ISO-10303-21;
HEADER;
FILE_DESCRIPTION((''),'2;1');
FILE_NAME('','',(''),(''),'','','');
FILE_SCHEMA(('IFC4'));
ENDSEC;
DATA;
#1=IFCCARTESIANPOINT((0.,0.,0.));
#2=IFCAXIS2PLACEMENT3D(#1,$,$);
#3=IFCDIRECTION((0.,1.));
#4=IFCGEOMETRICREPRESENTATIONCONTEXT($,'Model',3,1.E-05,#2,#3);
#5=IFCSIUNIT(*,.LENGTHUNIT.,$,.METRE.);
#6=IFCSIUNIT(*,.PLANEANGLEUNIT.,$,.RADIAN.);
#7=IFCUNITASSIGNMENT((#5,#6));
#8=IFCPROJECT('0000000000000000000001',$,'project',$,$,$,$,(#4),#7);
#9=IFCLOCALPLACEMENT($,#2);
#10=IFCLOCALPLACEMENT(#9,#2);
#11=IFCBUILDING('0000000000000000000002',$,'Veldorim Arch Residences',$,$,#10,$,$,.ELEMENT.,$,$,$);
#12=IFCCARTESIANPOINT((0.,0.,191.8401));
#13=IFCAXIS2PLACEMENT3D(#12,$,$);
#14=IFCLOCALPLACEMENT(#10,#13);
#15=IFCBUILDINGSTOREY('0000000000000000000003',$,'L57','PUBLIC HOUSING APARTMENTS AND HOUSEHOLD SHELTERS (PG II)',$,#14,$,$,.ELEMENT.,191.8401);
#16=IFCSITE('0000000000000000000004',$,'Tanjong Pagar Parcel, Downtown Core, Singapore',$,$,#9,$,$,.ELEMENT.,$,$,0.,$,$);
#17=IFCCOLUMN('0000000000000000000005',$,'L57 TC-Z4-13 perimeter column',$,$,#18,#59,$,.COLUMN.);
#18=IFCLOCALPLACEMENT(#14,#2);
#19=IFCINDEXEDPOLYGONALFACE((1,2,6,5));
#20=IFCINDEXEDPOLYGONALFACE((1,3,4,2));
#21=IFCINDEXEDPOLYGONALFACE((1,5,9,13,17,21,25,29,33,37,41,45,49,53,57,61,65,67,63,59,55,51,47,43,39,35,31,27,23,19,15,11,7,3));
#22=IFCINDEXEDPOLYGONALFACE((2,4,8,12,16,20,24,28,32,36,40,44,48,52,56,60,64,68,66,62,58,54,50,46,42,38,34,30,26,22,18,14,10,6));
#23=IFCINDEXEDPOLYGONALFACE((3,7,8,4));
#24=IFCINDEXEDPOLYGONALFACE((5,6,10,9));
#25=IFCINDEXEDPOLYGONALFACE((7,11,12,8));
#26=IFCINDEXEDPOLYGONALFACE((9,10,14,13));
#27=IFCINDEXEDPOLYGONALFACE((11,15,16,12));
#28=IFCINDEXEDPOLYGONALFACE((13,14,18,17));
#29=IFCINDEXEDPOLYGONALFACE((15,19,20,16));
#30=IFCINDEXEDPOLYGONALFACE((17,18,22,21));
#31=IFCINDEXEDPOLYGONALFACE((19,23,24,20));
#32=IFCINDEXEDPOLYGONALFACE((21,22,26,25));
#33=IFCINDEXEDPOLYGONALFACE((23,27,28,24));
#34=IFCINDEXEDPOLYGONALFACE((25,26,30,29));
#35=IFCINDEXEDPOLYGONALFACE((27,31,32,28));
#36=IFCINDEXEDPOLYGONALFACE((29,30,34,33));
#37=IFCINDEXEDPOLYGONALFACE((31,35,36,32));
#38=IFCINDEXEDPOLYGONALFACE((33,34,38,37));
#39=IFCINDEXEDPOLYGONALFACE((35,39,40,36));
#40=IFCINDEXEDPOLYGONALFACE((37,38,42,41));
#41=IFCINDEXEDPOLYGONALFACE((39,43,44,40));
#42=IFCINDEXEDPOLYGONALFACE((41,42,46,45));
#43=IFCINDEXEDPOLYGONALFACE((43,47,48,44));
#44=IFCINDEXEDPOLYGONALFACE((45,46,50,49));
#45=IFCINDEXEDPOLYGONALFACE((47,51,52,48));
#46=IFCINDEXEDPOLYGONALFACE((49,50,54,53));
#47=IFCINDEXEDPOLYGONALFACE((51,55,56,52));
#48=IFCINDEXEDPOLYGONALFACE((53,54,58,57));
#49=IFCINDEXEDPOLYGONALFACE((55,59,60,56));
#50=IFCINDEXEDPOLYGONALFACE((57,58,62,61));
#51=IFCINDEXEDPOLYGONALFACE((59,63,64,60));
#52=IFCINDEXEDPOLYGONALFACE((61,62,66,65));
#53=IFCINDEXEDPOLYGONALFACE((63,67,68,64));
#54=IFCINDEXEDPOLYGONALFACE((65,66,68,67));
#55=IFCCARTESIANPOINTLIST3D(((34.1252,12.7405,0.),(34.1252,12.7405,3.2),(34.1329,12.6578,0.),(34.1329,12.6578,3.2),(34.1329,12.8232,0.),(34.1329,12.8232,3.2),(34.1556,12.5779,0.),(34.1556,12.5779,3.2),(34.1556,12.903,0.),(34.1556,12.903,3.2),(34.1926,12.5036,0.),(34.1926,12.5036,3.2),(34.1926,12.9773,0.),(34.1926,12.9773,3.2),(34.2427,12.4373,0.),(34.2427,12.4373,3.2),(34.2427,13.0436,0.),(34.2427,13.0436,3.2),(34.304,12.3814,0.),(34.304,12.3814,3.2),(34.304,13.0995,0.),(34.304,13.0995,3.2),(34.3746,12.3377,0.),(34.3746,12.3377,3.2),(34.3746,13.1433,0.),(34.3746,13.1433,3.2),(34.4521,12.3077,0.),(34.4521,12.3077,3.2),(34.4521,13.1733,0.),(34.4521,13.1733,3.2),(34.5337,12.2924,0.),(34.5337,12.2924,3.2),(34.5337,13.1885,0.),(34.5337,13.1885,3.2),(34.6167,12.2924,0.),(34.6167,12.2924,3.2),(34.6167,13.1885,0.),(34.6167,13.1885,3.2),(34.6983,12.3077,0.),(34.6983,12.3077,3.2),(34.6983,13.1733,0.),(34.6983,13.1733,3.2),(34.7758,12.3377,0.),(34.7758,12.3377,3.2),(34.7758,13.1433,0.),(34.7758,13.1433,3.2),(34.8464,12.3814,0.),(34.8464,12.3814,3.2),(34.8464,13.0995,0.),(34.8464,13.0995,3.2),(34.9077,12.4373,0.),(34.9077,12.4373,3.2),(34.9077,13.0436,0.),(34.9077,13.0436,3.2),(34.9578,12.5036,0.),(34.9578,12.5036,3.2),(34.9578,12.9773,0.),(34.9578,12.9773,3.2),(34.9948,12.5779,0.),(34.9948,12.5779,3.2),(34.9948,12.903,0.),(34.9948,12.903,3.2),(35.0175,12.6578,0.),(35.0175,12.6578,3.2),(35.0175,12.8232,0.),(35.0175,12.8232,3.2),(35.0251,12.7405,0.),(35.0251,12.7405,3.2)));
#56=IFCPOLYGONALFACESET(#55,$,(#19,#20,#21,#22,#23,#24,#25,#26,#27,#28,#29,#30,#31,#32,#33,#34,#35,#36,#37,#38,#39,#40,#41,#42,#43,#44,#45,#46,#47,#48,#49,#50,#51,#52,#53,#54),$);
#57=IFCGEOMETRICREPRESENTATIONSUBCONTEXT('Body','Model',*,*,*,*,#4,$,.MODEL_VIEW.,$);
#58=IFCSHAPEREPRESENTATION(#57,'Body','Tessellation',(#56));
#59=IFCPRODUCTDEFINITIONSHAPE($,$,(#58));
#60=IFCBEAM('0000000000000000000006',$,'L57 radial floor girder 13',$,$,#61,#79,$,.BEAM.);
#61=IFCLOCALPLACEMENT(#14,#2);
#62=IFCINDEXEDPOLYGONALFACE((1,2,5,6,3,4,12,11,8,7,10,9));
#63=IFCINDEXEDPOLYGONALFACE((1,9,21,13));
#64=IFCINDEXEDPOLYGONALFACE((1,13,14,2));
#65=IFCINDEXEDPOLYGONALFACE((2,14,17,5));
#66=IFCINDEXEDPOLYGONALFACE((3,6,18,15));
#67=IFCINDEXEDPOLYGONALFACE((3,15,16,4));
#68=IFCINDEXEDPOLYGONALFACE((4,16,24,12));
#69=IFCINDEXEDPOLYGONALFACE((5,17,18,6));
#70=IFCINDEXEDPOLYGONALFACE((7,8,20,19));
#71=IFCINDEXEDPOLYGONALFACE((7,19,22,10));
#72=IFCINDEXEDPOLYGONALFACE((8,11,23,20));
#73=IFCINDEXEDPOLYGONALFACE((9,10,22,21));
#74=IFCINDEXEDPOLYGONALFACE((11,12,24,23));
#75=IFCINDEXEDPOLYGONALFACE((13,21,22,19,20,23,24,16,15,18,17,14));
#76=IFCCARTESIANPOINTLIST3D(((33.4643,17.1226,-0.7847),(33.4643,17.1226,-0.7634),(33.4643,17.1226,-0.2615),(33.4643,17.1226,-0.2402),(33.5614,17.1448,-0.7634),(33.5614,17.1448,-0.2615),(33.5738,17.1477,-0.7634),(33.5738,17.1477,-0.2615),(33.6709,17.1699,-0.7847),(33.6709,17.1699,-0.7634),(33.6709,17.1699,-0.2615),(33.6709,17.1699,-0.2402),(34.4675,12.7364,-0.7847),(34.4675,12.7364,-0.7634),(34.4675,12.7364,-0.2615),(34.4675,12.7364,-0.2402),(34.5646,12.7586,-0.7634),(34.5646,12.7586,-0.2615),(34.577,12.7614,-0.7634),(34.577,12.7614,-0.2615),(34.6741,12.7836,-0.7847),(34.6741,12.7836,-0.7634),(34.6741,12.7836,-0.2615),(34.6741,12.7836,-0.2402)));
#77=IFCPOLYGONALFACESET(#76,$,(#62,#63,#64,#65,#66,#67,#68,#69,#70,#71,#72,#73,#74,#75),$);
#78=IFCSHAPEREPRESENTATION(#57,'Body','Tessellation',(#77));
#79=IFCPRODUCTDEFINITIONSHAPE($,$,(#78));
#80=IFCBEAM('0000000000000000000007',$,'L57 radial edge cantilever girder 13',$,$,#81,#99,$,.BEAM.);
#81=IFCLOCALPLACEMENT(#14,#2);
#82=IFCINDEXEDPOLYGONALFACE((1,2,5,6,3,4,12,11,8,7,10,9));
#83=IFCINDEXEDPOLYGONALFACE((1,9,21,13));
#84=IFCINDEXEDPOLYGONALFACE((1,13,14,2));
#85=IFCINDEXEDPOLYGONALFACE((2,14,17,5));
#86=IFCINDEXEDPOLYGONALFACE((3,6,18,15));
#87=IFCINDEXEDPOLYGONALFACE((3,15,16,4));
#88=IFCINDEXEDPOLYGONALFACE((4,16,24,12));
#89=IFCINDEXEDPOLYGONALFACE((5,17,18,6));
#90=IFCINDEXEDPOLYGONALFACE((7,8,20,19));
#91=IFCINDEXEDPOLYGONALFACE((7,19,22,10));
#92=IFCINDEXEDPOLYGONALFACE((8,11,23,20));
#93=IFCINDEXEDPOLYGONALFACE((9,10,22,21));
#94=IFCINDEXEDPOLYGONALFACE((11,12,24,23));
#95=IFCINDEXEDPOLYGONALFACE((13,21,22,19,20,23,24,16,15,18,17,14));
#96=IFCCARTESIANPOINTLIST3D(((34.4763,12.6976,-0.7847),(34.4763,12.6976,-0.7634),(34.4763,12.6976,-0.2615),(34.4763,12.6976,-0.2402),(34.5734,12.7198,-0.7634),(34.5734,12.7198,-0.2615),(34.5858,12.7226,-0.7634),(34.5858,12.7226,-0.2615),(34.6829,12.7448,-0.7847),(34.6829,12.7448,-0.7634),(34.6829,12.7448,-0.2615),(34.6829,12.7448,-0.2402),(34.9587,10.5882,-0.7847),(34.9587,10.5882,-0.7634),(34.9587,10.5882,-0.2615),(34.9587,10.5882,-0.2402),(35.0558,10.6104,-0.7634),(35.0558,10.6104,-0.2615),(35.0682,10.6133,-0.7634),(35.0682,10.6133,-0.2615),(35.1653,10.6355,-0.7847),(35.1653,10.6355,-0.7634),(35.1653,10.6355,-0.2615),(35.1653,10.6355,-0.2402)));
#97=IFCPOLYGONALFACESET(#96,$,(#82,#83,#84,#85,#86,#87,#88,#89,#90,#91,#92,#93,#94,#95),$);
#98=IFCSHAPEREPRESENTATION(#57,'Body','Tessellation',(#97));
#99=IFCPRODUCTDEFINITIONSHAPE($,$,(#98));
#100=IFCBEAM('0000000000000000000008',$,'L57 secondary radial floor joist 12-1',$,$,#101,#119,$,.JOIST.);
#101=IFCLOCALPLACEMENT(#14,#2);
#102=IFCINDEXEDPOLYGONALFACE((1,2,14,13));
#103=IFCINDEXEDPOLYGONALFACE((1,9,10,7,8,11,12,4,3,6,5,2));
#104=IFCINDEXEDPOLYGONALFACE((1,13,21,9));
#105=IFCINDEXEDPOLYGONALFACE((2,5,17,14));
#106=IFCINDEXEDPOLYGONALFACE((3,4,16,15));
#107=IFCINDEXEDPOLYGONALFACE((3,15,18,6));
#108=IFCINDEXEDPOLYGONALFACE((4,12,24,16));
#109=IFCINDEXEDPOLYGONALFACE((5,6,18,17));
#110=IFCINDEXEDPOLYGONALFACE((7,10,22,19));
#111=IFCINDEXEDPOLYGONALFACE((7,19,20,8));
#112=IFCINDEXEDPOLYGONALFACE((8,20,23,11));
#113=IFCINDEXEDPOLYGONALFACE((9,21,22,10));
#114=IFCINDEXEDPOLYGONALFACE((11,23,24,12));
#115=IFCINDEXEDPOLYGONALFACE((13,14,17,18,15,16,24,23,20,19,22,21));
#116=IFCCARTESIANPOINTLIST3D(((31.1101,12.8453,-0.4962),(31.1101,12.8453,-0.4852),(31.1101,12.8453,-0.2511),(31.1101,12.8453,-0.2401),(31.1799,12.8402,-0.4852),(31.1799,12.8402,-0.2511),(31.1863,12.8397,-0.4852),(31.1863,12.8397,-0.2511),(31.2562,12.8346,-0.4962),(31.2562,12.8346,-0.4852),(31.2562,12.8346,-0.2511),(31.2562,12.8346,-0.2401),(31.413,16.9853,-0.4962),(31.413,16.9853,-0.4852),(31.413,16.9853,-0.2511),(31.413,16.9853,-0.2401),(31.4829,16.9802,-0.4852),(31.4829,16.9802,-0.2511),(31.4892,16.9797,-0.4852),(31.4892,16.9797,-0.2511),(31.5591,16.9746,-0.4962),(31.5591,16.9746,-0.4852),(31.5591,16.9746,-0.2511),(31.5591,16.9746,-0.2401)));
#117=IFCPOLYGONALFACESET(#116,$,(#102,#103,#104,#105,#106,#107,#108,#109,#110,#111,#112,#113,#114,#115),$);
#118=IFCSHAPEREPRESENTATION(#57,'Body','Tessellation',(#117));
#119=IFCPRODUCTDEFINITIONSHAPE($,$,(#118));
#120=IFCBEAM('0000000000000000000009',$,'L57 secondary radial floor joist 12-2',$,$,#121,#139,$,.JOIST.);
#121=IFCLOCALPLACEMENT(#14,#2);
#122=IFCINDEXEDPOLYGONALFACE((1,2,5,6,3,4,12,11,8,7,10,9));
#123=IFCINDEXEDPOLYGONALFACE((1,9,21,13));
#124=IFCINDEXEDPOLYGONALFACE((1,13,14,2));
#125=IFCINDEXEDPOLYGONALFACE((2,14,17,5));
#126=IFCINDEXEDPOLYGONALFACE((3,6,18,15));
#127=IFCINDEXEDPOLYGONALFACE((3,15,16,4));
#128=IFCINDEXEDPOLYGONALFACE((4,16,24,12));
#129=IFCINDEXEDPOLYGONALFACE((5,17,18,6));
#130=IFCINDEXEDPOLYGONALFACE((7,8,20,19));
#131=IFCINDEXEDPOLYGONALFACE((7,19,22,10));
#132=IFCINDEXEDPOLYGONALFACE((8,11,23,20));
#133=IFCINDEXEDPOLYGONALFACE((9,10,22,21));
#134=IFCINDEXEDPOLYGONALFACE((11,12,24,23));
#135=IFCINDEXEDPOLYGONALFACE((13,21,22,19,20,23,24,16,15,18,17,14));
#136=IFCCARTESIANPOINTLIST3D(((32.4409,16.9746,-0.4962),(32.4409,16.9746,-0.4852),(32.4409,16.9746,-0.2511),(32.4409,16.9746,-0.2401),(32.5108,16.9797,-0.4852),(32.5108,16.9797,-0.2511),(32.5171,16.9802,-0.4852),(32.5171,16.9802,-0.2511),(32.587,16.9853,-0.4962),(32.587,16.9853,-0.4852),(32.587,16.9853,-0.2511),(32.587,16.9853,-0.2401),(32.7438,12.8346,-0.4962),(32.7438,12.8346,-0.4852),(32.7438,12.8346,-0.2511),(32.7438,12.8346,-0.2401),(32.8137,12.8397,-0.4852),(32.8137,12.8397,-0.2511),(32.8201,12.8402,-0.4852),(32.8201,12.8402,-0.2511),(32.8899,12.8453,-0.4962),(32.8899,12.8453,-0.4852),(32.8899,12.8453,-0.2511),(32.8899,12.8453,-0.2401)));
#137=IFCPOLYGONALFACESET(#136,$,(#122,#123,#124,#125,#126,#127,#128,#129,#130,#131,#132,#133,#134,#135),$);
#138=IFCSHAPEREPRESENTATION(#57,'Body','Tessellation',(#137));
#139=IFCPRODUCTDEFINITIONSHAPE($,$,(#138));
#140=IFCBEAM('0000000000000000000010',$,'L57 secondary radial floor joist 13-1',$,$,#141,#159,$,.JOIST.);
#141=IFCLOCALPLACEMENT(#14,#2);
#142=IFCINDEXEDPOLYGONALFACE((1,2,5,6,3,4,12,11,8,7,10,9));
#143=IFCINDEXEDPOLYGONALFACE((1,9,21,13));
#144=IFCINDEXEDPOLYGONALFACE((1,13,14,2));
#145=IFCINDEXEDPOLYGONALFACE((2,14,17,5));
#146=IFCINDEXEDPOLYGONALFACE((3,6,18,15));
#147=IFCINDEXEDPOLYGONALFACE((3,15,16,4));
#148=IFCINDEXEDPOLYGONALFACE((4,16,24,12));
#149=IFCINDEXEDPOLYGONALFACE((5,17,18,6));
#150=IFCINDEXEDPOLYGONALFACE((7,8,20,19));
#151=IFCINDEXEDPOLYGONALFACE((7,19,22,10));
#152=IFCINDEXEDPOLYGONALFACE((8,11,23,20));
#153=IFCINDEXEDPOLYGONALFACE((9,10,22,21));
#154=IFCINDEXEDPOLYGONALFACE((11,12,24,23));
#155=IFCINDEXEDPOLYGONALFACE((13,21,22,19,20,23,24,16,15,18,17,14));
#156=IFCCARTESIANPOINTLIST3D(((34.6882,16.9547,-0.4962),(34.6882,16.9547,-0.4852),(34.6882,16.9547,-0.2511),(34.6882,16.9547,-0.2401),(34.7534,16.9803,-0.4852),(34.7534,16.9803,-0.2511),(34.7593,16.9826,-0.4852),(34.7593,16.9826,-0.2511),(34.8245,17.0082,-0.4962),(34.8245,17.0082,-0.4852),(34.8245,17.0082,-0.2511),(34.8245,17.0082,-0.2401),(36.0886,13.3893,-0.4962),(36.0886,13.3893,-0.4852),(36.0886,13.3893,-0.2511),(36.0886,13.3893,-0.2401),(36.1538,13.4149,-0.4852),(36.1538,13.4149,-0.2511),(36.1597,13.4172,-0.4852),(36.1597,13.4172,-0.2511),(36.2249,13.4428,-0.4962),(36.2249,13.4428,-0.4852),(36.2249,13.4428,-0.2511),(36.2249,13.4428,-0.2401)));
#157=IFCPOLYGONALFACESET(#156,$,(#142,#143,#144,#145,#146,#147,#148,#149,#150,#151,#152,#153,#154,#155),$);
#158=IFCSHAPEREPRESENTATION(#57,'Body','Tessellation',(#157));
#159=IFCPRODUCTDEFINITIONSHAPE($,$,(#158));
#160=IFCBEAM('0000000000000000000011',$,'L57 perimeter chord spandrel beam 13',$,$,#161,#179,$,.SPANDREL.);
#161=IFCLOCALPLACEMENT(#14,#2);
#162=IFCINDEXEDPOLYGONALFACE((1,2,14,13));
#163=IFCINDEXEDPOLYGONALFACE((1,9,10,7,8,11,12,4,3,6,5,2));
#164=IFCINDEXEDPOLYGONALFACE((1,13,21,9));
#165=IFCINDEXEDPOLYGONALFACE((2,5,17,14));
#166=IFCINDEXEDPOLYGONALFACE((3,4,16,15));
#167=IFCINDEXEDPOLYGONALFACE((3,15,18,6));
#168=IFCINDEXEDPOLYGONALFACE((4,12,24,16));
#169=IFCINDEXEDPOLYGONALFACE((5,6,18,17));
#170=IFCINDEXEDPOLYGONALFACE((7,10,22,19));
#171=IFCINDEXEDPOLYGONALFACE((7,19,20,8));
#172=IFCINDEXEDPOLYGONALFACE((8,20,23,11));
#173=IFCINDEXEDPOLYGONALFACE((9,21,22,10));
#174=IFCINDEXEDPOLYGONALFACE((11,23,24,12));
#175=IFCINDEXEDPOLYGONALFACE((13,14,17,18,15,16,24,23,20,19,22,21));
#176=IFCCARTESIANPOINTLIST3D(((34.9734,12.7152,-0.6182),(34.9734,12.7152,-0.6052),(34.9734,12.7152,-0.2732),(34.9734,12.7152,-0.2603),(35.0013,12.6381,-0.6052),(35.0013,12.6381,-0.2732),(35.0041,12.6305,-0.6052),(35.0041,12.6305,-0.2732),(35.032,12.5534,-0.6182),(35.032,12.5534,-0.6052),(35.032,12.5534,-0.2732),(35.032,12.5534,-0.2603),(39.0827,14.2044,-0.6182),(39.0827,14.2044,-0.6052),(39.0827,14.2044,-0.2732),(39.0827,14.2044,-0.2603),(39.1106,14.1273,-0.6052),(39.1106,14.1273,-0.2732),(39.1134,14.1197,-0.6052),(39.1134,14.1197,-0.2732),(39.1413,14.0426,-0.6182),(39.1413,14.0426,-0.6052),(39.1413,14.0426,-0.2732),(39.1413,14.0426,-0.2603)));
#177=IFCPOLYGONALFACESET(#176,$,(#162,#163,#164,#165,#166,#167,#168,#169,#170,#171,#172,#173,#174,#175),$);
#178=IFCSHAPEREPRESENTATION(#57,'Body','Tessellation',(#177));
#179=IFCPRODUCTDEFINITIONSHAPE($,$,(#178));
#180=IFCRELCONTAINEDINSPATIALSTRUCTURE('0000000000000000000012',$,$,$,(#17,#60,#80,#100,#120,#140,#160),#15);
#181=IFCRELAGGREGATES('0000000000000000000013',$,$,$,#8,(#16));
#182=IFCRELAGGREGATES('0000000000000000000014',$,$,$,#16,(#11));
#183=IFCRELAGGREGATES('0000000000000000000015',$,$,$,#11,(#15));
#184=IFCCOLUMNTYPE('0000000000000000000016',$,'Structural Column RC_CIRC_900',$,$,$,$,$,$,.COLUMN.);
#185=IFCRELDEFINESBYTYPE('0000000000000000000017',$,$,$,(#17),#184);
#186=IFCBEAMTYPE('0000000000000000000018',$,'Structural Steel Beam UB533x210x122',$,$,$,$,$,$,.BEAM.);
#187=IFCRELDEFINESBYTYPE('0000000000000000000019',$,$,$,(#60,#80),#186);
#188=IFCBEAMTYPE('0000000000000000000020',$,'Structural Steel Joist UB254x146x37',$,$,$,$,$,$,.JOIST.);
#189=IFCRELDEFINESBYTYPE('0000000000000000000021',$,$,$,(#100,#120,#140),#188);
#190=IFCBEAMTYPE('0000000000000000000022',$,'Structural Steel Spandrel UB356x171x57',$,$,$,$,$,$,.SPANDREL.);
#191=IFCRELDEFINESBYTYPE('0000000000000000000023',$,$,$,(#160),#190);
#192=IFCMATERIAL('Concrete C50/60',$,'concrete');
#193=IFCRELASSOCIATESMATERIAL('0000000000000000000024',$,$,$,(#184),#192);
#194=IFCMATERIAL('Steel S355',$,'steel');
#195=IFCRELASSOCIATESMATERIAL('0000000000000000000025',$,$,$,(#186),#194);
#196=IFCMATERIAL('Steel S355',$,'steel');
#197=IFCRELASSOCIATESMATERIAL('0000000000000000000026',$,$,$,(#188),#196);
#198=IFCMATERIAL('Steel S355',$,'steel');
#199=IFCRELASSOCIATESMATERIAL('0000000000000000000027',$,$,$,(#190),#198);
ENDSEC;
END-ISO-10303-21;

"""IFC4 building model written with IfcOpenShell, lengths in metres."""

from ifc_helpers import new_model, si_unit, direction, frame, origin, origin_2d, place, context, subcontext, project, spatial, circle, i_section, extrude, material, material_profile, profile_set, type_object, element, save


model = new_model("IFC4")

# Units and contexts
model_context = context("Model", 3, precision=1e-05, world=origin(), true_north=direction((0.0, 1.0)))
body_context = subcontext(model_context, "Body", "Model", "MODEL_VIEW")
ifc_project = project(units=[si_unit("LENGTHUNIT", "METRE"), si_unit("PLANEANGLEUNIT", "RADIAN")], contexts=[model_context])

# Site, building, storey
site_placement = place(None, origin())
site = spatial("IfcSite", under=ifc_project, at=site_placement, Name="Tanjong Pagar Parcel, Downtown Core, Singapore", CompositionType="ELEMENT", RefElevation=0.0)
building_placement = place(site_placement, origin())
building = spatial("IfcBuilding", under=site, at=building_placement, Name="Veldorim Arch Residences", CompositionType="ELEMENT")
storey_placement = place(building_placement, frame((0.0, 0.0, 191.8401)))
storey = spatial("IfcBuildingStorey", under=building, at=storey_placement, Name="L57", Description="PUBLIC HOUSING APARTMENTS AND HOUSEHOLD SHELTERS (PG II)", CompositionType="ELEMENT", Elevation=191.8401)

# Column
ifc_material_1 = material(Name="Concrete C50/60", Category="concrete")
ifc_material_profile_1 = material_profile(ifc_material_1, circle(Radius=0.45, at=origin_2d()), Name="RC_CIRC_900")
ifc_profile_set_1 = profile_set([ifc_material_profile_1], Name="Concrete C50/60")
column_type = type_object("IfcColumnType", Name="Structural Column RC_CIRC_900", PredefinedType="COLUMN", material=ifc_profile_set_1)
column_placement = place(storey_placement, frame((34.5752, 12.7405, 0.0), z_axis=(0.0, 0.0, 1.0), x_axis=(1.0, 0.0, 0.0)))
element("IfcColumn", 1, at=column_placement, inside=storey, type_object=column_type, Name="L57 TC-Z4-13 perimeter column", PredefinedType="COLUMN", context=body_context, shape_type="SweptSolid", body=[
    extrude(circle(Radius=0.45, at=origin_2d()), origin(), (0.0, 0.0, 1.0), 3.2),
])

# Beams
ifc_material_2 = material(Name="Steel S355", Category="steel")
ifc_material_profile_2 = material_profile(ifc_material_2, i_section(OverallWidth=0.2119, OverallDepth=0.5444, WebThickness=0.0127, FlangeThickness=0.0212, at=origin_2d()), Name="UB533x210x122")
ifc_profile_set_2 = profile_set([ifc_material_profile_2], Name="Steel S355")
beam_type_1 = type_object("IfcBeamType", Name="Structural Steel Beam UB533x210x122", PredefinedType="BEAM", material=ifc_profile_set_2)
beam_1_placement = place(storey_placement, frame((33.5676, 17.1462, -0.5125), z_axis=(0.222953, -0.974829, 0.0), x_axis=(0.974829, 0.222953, 0.0)))
element("IfcBeam", 2, at=beam_1_placement, inside=storey, type_object=beam_type_1, Name="L57 radial floor girder 13", PredefinedType="BEAM", context=body_context, shape_type="SweptSolid", body=[
    extrude(i_section(OverallWidth=0.2119, OverallDepth=0.5444, WebThickness=0.0127, FlangeThickness=0.0212, at=origin_2d()), origin(), (0.0, 0.0, 1.0), 4.4995),
])
beam_2_placement = place(storey_placement, frame((34.5796, 12.7212, -0.5125), z_axis=(0.222947, -0.97483, 0.0), x_axis=(0.97483, 0.222947, 0.0)))
element("IfcBeam", 3, at=beam_2_placement, inside=storey, type_object=beam_type_1, Name="L57 radial edge cantilever girder 13", PredefinedType="BEAM", context=body_context, shape_type="SweptSolid", body=[
    extrude(i_section(OverallWidth=0.2119, OverallDepth=0.5444, WebThickness=0.0127, FlangeThickness=0.0212, at=origin_2d()), origin(), (0.0, 0.0, 1.0), 2.1638),
])
ifc_material_3 = material(Name="Steel S355", Category="steel")
ifc_material_profile_3 = material_profile(ifc_material_3, i_section(OverallWidth=0.1465, OverallDepth=0.2561, WebThickness=0.0063, FlangeThickness=0.011, at=origin_2d()), Name="UB254x146x37")
ifc_profile_set_3 = profile_set([ifc_material_profile_3], Name="Steel S355")
beam_type_2 = type_object("IfcBeamType", Name="Structural Steel Joist UB254x146x37", PredefinedType="JOIST", material=ifc_profile_set_3)
for number, where, z_axis, x_axis, name in (
    (4, (31.4861, 16.98, -0.3682), (-0.072986, -0.997333, 0.0), (0.997333, -0.072986, 0.0), "L57 secondary radial floor joist 12-1"),
    (5, (32.5139, 16.98, -0.3682), (0.072986, -0.997333, 0.0), (0.997333, 0.072986, 0.0), "L57 secondary radial floor joist 12-2"),
):
    element("IfcBeam", number, at=place(storey_placement, frame(where, z_axis=z_axis, x_axis=x_axis)), inside=storey, type_object=beam_type_2, Name=name, PredefinedType="JOIST", context=body_context, shape_type="SweptSolid", body=[
        extrude(i_section(OverallWidth=0.1465, OverallDepth=0.2561, WebThickness=0.0063, FlangeThickness=0.011, at=origin_2d()), origin(), (0.0, 0.0, 1.0), 4.1511),
    ])
beam_3_placement = place(storey_placement, frame((34.7563, 16.9814, -0.3682), z_axis=(0.365581, -0.930779, 0.0), x_axis=(0.930779, 0.365581, 0.0)))
element("IfcBeam", 6, at=beam_3_placement, inside=storey, type_object=beam_type_2, Name="L57 secondary radial floor joist 13-1", PredefinedType="JOIST", context=body_context, shape_type="SweptSolid", body=[
    extrude(i_section(OverallWidth=0.1465, OverallDepth=0.2561, WebThickness=0.0063, FlangeThickness=0.011, at=origin_2d()), origin(), (0.0, 0.0, 1.0), 3.8306),
])
ifc_material_4 = material(Name="Steel S355", Category="steel")
ifc_material_profile_4 = material_profile(ifc_material_4, i_section(OverallWidth=0.1721, OverallDepth=0.3579, WebThickness=0.0081, FlangeThickness=0.0129, at=origin_2d()), Name="UB356x171x57")
ifc_profile_set_4 = profile_set([ifc_material_profile_4], Name="Steel S355")
beam_type_3 = type_object("IfcBeamType", Name="Structural Steel Spandrel UB356x171x57", PredefinedType="SPANDREL", material=ifc_profile_set_4)
beam_4_placement = place(storey_placement, frame((35.0027, 12.6343, -0.4392), z_axis=(0.940165, 0.34072, 0.0), x_axis=(-0.34072, 0.940165, 0.0)))
element("IfcBeam", 7, at=beam_4_placement, inside=storey, type_object=beam_type_3, Name="L57 perimeter chord spandrel beam 13", PredefinedType="SPANDREL", context=body_context, shape_type="SweptSolid", body=[
    extrude(i_section(OverallWidth=0.1721, OverallDepth=0.3579, WebThickness=0.0081, FlangeThickness=0.0129, at=origin_2d()), origin(), (0.0, 0.0, 1.0), 4.3708),
])

save(model, "model.ifc")
